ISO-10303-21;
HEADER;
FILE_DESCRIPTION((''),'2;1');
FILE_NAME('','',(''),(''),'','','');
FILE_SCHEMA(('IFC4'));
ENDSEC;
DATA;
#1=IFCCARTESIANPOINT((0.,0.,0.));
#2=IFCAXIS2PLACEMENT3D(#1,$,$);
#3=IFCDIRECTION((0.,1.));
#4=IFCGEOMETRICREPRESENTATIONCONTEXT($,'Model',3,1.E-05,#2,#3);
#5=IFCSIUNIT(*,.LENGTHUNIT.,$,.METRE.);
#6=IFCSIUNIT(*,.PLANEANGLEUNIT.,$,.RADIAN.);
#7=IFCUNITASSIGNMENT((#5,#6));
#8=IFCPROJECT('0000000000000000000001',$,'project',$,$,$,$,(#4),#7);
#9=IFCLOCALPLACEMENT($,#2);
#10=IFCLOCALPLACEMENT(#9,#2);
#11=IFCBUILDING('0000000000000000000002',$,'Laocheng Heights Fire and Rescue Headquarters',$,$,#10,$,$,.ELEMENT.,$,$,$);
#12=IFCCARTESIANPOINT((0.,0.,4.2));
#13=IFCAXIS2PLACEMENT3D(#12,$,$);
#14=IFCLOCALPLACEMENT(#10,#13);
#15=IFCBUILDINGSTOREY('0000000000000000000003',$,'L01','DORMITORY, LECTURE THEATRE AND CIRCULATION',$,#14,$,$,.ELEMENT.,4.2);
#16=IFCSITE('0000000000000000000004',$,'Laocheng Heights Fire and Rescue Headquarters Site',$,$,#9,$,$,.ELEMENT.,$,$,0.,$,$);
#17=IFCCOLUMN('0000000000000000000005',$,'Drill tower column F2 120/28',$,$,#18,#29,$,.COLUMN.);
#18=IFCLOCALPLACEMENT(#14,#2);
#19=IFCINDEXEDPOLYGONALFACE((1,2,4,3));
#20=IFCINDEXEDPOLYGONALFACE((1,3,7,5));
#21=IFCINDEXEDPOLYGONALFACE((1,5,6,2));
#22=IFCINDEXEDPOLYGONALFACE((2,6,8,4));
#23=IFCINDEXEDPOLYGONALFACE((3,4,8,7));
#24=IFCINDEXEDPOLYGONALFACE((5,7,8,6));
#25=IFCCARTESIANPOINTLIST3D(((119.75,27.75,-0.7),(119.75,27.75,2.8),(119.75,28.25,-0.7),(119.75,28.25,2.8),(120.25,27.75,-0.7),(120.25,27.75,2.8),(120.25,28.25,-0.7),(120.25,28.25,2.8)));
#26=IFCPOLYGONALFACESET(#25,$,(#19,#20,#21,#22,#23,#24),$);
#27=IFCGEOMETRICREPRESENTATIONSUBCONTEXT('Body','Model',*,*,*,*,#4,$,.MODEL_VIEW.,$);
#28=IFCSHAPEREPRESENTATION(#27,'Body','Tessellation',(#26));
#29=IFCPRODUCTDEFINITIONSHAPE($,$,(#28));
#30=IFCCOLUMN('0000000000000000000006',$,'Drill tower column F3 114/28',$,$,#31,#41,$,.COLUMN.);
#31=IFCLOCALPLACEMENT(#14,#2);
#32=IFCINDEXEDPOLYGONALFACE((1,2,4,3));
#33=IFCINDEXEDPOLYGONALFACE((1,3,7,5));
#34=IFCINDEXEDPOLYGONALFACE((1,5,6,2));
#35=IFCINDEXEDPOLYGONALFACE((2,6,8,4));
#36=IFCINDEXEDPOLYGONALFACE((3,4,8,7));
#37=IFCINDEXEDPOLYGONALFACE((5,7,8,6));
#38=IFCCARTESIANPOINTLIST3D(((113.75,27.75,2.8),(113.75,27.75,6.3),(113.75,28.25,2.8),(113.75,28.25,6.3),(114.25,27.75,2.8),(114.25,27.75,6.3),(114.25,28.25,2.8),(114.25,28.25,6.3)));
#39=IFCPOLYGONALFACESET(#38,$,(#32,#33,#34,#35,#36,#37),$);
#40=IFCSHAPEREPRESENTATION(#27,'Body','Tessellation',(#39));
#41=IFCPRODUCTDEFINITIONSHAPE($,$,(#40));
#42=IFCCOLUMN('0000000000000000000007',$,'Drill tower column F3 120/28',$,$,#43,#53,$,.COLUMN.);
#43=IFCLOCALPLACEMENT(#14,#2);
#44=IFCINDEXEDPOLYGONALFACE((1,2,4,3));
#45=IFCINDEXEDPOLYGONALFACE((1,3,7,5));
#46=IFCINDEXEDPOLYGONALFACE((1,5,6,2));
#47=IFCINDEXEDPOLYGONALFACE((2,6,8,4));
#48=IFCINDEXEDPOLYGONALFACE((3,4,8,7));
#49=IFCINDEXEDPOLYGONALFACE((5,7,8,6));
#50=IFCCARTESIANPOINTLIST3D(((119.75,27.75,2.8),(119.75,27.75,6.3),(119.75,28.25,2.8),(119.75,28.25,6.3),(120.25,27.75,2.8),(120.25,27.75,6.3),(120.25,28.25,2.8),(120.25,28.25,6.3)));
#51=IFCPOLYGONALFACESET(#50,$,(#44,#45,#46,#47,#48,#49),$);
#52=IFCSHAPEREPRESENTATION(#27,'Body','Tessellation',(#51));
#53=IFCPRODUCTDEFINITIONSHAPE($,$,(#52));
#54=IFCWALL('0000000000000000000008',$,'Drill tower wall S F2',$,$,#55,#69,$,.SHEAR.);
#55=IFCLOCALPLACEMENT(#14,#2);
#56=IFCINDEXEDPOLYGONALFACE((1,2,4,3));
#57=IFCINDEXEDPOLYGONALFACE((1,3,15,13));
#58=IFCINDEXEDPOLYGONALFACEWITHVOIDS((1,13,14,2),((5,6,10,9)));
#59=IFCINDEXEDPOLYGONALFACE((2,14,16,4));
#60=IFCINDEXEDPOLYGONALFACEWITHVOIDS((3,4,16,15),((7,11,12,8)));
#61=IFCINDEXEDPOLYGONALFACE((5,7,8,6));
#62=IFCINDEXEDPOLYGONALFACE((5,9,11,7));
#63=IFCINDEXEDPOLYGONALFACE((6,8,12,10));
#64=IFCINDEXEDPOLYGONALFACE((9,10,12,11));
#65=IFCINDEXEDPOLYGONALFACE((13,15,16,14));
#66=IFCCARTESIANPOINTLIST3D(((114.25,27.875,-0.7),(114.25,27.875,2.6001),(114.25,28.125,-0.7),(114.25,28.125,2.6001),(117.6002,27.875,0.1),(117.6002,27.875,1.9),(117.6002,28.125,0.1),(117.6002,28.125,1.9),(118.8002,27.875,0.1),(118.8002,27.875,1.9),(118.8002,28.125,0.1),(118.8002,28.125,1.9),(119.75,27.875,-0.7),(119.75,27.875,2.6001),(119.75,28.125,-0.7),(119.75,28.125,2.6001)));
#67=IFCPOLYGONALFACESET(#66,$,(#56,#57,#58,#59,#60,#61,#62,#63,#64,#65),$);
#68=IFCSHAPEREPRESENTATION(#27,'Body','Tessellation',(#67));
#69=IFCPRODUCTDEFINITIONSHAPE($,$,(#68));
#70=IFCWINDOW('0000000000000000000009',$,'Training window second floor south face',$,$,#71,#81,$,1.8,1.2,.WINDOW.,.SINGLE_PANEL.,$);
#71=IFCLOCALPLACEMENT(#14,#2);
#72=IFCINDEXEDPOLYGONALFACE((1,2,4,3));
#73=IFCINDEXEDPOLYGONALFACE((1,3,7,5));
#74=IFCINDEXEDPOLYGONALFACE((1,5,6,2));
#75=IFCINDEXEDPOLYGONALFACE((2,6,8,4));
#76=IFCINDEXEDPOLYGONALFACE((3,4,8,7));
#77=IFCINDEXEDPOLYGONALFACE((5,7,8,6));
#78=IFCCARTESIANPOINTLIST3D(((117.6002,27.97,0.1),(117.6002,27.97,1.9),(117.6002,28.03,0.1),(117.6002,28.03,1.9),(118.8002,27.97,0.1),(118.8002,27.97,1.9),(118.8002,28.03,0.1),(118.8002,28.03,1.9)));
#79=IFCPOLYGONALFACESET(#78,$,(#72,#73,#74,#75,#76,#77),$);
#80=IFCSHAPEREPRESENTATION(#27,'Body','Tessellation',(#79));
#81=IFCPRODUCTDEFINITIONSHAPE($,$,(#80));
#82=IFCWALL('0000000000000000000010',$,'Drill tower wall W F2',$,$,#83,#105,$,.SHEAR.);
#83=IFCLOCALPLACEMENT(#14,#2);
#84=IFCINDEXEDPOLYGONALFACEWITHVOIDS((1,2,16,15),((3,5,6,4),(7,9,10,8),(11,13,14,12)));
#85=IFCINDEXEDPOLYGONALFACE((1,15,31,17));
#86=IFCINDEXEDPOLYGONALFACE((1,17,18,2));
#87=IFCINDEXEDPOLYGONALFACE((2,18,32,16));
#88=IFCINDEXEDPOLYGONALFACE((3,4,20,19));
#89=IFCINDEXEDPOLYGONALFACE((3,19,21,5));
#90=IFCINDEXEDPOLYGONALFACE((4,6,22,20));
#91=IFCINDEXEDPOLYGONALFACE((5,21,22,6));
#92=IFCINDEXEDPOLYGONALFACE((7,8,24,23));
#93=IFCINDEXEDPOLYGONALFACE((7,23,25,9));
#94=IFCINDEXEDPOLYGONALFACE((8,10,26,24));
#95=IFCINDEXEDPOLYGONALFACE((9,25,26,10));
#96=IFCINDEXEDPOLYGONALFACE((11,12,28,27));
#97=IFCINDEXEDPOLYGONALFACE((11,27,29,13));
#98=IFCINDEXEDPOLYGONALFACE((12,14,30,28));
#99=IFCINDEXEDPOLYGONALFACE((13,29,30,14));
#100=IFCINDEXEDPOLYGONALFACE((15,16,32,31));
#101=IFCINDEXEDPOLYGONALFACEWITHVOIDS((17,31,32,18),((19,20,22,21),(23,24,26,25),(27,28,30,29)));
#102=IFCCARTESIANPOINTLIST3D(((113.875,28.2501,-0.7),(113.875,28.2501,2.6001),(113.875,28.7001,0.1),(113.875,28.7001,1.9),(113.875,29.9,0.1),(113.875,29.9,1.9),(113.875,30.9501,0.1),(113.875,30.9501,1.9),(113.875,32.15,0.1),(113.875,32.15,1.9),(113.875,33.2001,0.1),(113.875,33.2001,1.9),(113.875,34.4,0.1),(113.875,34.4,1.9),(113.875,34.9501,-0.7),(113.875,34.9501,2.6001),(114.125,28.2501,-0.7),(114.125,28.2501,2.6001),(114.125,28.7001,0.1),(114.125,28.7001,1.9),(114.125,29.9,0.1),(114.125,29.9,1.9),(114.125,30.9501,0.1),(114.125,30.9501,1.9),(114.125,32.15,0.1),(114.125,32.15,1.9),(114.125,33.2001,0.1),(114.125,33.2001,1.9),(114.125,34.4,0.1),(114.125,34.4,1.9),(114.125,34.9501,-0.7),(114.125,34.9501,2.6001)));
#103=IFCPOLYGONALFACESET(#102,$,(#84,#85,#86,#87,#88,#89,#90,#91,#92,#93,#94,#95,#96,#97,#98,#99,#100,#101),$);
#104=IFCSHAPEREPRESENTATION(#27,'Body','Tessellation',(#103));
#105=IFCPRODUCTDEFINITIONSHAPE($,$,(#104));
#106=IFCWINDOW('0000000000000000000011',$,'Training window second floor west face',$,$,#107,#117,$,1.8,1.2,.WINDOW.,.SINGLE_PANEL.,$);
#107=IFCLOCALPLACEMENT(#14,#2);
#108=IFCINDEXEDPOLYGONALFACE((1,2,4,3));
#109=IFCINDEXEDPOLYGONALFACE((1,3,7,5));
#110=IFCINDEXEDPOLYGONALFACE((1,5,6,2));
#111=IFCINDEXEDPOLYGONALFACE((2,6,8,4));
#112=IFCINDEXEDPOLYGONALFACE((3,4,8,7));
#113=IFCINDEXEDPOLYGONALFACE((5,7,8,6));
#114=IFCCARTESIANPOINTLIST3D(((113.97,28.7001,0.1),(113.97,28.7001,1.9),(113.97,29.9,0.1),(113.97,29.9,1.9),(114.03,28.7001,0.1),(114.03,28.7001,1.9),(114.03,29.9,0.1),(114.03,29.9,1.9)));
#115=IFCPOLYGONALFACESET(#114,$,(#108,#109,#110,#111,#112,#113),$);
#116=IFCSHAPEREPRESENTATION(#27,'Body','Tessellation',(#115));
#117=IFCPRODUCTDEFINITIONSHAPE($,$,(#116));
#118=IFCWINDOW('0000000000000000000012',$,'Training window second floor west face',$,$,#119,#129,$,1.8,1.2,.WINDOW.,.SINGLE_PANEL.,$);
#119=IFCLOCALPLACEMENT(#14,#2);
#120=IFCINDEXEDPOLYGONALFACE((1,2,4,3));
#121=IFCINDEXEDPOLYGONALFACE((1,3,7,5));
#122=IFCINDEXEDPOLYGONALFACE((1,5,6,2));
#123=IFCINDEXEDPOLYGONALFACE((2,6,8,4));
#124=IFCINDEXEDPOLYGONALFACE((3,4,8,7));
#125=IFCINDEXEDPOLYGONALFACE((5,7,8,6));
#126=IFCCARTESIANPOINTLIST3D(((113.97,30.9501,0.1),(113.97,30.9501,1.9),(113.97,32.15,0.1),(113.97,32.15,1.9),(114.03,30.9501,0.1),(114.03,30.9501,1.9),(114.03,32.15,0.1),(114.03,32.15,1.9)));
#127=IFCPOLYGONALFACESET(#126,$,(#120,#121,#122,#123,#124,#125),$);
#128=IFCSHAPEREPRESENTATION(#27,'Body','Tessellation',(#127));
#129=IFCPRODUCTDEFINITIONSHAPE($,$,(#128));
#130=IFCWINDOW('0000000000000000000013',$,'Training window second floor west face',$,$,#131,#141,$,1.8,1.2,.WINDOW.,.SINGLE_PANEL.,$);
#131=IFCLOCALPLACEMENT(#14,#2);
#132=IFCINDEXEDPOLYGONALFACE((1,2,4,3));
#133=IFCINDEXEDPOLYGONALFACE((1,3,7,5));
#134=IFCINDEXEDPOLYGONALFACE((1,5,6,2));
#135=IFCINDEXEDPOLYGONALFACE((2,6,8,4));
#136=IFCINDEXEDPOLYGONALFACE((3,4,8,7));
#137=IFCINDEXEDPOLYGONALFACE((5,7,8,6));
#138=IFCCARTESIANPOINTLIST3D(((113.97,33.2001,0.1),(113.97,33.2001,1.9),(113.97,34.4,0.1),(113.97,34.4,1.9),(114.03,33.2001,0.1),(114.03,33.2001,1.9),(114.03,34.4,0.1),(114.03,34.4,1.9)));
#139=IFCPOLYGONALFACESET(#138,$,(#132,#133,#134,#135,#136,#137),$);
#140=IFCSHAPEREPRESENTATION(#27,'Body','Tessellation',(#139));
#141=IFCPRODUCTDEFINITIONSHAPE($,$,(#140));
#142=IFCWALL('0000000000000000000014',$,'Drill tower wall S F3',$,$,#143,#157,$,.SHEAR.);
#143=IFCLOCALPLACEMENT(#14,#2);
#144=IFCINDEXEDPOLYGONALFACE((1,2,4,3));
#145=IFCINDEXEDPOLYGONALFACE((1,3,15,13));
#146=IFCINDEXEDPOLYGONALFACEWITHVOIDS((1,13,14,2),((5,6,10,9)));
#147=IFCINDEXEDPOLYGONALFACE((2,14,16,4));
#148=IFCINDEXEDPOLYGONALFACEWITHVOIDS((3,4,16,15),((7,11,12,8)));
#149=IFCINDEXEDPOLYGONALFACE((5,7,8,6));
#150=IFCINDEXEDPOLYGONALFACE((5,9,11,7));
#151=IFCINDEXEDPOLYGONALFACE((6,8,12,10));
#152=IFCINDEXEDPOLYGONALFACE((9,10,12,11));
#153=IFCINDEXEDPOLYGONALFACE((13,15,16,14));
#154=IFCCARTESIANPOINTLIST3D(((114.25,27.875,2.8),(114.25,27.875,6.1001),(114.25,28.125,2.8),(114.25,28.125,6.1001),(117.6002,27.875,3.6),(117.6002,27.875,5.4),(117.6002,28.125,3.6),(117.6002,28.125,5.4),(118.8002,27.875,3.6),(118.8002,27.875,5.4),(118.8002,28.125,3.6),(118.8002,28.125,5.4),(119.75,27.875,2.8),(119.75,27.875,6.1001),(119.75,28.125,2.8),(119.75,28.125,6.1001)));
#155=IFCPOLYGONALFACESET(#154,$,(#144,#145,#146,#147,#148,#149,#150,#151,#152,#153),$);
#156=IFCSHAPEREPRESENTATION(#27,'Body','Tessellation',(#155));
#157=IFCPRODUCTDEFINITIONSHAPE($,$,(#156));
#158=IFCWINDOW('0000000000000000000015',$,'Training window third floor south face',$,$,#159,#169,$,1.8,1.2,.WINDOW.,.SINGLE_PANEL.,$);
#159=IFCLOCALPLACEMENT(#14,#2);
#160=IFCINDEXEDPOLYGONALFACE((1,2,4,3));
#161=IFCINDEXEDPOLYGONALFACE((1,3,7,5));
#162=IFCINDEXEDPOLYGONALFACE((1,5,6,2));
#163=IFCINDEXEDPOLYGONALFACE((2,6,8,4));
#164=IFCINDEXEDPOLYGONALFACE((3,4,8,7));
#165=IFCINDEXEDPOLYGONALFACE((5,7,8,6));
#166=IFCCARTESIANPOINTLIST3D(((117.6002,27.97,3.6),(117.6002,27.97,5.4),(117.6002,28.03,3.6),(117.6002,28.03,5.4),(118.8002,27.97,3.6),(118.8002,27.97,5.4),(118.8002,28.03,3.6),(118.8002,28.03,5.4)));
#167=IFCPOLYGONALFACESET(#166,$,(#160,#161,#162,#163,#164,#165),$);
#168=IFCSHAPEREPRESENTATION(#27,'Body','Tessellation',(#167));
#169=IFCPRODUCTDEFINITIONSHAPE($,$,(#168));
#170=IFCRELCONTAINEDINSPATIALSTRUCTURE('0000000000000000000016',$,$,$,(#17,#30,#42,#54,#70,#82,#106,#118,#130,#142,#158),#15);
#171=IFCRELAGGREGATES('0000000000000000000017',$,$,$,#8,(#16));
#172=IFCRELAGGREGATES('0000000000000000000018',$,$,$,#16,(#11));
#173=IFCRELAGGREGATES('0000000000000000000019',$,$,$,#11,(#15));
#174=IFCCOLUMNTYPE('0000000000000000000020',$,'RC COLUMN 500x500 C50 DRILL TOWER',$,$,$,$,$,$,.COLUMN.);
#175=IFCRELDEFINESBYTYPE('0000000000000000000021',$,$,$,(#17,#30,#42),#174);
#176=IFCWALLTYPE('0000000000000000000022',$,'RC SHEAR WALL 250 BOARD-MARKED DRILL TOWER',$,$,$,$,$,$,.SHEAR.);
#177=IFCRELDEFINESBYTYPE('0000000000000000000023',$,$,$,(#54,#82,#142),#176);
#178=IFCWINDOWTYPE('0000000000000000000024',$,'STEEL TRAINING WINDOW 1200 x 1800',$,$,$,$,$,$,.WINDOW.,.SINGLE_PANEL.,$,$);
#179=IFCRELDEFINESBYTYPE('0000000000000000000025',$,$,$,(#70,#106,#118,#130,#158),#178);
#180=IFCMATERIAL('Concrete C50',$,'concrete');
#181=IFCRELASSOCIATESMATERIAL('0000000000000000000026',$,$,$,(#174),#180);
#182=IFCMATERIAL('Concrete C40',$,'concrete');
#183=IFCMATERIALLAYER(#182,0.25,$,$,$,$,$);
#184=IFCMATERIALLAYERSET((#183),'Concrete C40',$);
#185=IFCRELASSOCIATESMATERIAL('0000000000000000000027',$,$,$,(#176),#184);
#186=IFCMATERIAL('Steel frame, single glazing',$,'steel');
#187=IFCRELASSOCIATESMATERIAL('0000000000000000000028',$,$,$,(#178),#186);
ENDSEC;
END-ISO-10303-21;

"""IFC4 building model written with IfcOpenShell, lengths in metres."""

from ifc_helpers import new_model, si_unit, direction, frame, frame_2d, origin, origin_2d, place, context, subcontext, project, spatial, rectangle, extrude, material, layer, layer_set, material_profile, profile_set, type_object, element, fill, save


model = new_model("IFC4")

# Units and contexts
model_context = context("Model", 3, precision=1e-05, world=origin(), true_north=direction((0.0, 1.0)))
body_context = subcontext(model_context, "Body", "Model", "MODEL_VIEW")
ifc_project = project(units=[si_unit("LENGTHUNIT", "METRE"), si_unit("PLANEANGLEUNIT", "RADIAN")], contexts=[model_context])

# Site, building, storey
site_placement = place(None, origin())
site = spatial("IfcSite", under=ifc_project, at=site_placement, Name="Laocheng Heights Fire and Rescue Headquarters Site", CompositionType="ELEMENT", RefElevation=0.0)
building_placement = place(site_placement, origin())
building = spatial("IfcBuilding", under=site, at=building_placement, Name="Laocheng Heights Fire and Rescue Headquarters", CompositionType="ELEMENT")
storey_placement = place(building_placement, frame((0.0, 0.0, 4.2)))
storey = spatial("IfcBuildingStorey", under=building, at=storey_placement, Name="L01", Description="DORMITORY, LECTURE THEATRE AND CIRCULATION", CompositionType="ELEMENT", Elevation=4.2)

# Columns
ifc_material_1 = material(Name="Concrete C50", Category="concrete")
ifc_material_profile = material_profile(ifc_material_1, rectangle(XDim=0.5, YDim=0.5, at=origin_2d()), Name="RC COLUMN 500x500 C50 DRILL TOWER")
ifc_profile_set = profile_set([ifc_material_profile], Name="Concrete C50")
column_type = type_object("IfcColumnType", Name="RC COLUMN 500x500 C50 DRILL TOWER", PredefinedType="COLUMN", material=ifc_profile_set)
for number, where, z_axis, x_axis, name in (
    (1, (120.0, 28.0, -0.7), (0.0, 0.0, 1.0), (1.0, 0.0, 0.0), "Drill tower column F2 120/28"),
    (2, (114.0, 28.0, 2.8), (0.0, 0.0, 1.0), (1.0, 0.0, 0.0), "Drill tower column F3 114/28"),
    (3, (120.0, 28.0, 2.8), (0.0, 0.0, 1.0), (1.0, 0.0, 0.0), "Drill tower column F3 120/28"),
):
    element("IfcColumn", number, at=place(storey_placement, frame(where, z_axis=z_axis, x_axis=x_axis)), inside=storey, type_object=column_type, Name=name, PredefinedType="COLUMN", context=body_context, shape_type="SweptSolid", body=[
        extrude(rectangle(XDim=0.5, YDim=0.5, at=origin_2d()), origin(), (0.0, 0.0, 1.0), 3.5),
    ])

# Wall, opening, window
ifc_material_2 = material(Name="Concrete C40", Category="concrete")
ifc_layer_1 = layer(ifc_material_2, 0.25)
ifc_layer_set_1 = layer_set([ifc_layer_1], Name="Concrete C40")
wall_type_1 = type_object("IfcWallType", Name="RC SHEAR WALL 250 BOARD-MARKED DRILL TOWER", PredefinedType="SHEAR", material=ifc_layer_set_1)
wall_1_placement = place(storey_placement, frame((114.25, 28.0, -0.7), z_axis=(0.0, 0.0, 1.0), x_axis=(1.0, 0.0, 0.0)))
wall_1 = element("IfcWall", 4, at=wall_1_placement, inside=storey, type_object=wall_type_1, Name="Drill tower wall S F2", PredefinedType="SHEAR", context=body_context, shape_type="SweptSolid", body=[
    extrude(rectangle(XDim=5.5, YDim=0.25, at=frame_2d((2.75, 0.0))), origin(), (0.0, 0.0, 1.0), 3.3),
])
opening_1_placement = place(wall_1_placement, frame((3.3501, 0.0, 0.8)))
opening_1 = element("IfcOpeningElement", 5, at=opening_1_placement, cuts=wall_1, PredefinedType="OPENING", context=body_context, shape_type="SweptSolid", body=[
    extrude(rectangle(XDim=1.2, YDim=1.8, at=frame_2d((0.6001, 0.8999))), frame((0.0, 0.135, 0.0), z_axis=(0.0, -1.0, 0.0), x_axis=(1.0, 0.0, 0.0)), (0.0, 0.0, 1.0), 0.27),
])
ifc_material_3 = material(Name="Steel frame, single glazing", Category="steel")
window_type = type_object("IfcWindowType", Name="STEEL TRAINING WINDOW 1200 x 1800", PartitioningType="SINGLE_PANEL", PredefinedType="WINDOW", material=ifc_material_3)
window_1_placement = place(opening_1_placement, origin())
window_1 = element("IfcWindow", 6, at=window_1_placement, inside=storey, type_object=window_type, Name="Training window second floor south face", OverallHeight=1.8, OverallWidth=1.2, PartitioningType="SINGLE_PANEL", PredefinedType="WINDOW", context=body_context, shape_type="SweptSolid", body=[
    extrude(rectangle(XDim=1.2, YDim=1.8, at=frame_2d((0.6001, 0.8999))), frame((0.0, 0.03, 0.0), z_axis=(0.0, -1.0, 0.0), x_axis=(1.0, 0.0, 0.0)), (0.0, 0.0, 1.0), 0.0601),
])
fill(opening_1, window_1)

# Wall, openings, windows
wall_2_placement = place(storey_placement, frame((114.0, 28.25, -0.7), z_axis=(0.0, 0.0, 1.0), x_axis=(0.0, 1.0, 0.0)))
wall_2 = element("IfcWall", 7, at=wall_2_placement, inside=storey, type_object=wall_type_1, Name="Drill tower wall W F2", PredefinedType="SHEAR", context=body_context, shape_type="SweptSolid", body=[
    extrude(rectangle(XDim=6.7, YDim=0.25, at=frame_2d((3.3501, 0.0))), origin(), (0.0, 0.0, 1.0), 3.3),
])
opening_2_placement = place(wall_2_placement, frame((0.45, 0.0, 0.8)))
opening_2 = element("IfcOpeningElement", 8, at=opening_2_placement, cuts=wall_2, PredefinedType="OPENING", context=body_context, shape_type="SweptSolid", body=[
    extrude(rectangle(XDim=1.2, YDim=1.8, at=frame_2d((0.6001, 0.8999))), frame((0.0, 0.135, 0.0), z_axis=(0.0, -1.0, 0.0), x_axis=(1.0, 0.0, 0.0)), (0.0, 0.0, 1.0), 0.27),
])
opening_3_placement = place(wall_2_placement, frame((2.7, 0.0, 0.8)))
opening_3 = element("IfcOpeningElement", 9, at=opening_3_placement, cuts=wall_2, PredefinedType="OPENING", context=body_context, shape_type="SweptSolid", body=[
    extrude(rectangle(XDim=1.2, YDim=1.8, at=frame_2d((0.6001, 0.8999))), frame((0.0, 0.135, 0.0), z_axis=(0.0, -1.0, 0.0), x_axis=(1.0, 0.0, 0.0)), (0.0, 0.0, 1.0), 0.27),
])
opening_4_placement = place(wall_2_placement, frame((4.95, 0.0, 0.8)))
opening_4 = element("IfcOpeningElement", 10, at=opening_4_placement, cuts=wall_2, PredefinedType="OPENING", context=body_context, shape_type="SweptSolid", body=[
    extrude(rectangle(XDim=1.2, YDim=1.8, at=frame_2d((0.6001, 0.8999))), frame((0.0, 0.135, 0.0), z_axis=(0.0, -1.0, 0.0), x_axis=(1.0, 0.0, 0.0)), (0.0, 0.0, 1.0), 0.27),
])
window_2_placement = place(opening_2_placement, origin())
window_2 = element("IfcWindow", 11, at=window_2_placement, inside=storey, type_object=window_type, Name="Training window second floor west face", OverallHeight=1.8, OverallWidth=1.2, PartitioningType="SINGLE_PANEL", PredefinedType="WINDOW", context=body_context, shape_type="SweptSolid", body=[
    extrude(rectangle(XDim=1.2, YDim=1.8, at=frame_2d((0.6001, 0.8999))), frame((0.0, 0.03, 0.0), z_axis=(0.0, -1.0, 0.0), x_axis=(1.0, 0.0, 0.0)), (0.0, 0.0, 1.0), 0.0601),
])
fill(opening_2, window_2)
window_3_placement = place(opening_3_placement, origin())
window_3 = element("IfcWindow", 12, at=window_3_placement, inside=storey, type_object=window_type, Name="Training window second floor west face", OverallHeight=1.8, OverallWidth=1.2, PartitioningType="SINGLE_PANEL", PredefinedType="WINDOW", context=body_context, shape_type="SweptSolid", body=[
    extrude(rectangle(XDim=1.2, YDim=1.8, at=frame_2d((0.6001, 0.8999))), frame((0.0, 0.03, 0.0), z_axis=(0.0, -1.0, 0.0), x_axis=(1.0, 0.0, 0.0)), (0.0, 0.0, 1.0), 0.0601),
])
fill(opening_3, window_3)
window_4_placement = place(opening_4_placement, origin())
window_4 = element("IfcWindow", 13, at=window_4_placement, inside=storey, type_object=window_type, Name="Training window second floor west face", OverallHeight=1.8, OverallWidth=1.2, PartitioningType="SINGLE_PANEL", PredefinedType="WINDOW", context=body_context, shape_type="SweptSolid", body=[
    extrude(rectangle(XDim=1.2, YDim=1.8, at=frame_2d((0.6001, 0.8999))), frame((0.0, 0.03, 0.0), z_axis=(0.0, -1.0, 0.0), x_axis=(1.0, 0.0, 0.0)), (0.0, 0.0, 1.0), 0.0601),
])
fill(opening_4, window_4)

# Wall, opening, window
wall_3_placement = place(storey_placement, frame((114.25, 28.0, 2.8), z_axis=(0.0, 0.0, 1.0), x_axis=(1.0, 0.0, 0.0)))
wall_3 = element("IfcWall", 14, at=wall_3_placement, inside=storey, type_object=wall_type_1, Name="Drill tower wall S F3", PredefinedType="SHEAR", context=body_context, shape_type="SweptSolid", body=[
    extrude(rectangle(XDim=5.5, YDim=0.25, at=frame_2d((2.75, 0.0))), origin(), (0.0, 0.0, 1.0), 3.3),
])
opening_5_placement = place(wall_3_placement, frame((3.3501, 0.0, 0.8)))
opening_5 = element("IfcOpeningElement", 15, at=opening_5_placement, cuts=wall_3, PredefinedType="OPENING", context=body_context, shape_type="SweptSolid", body=[
    extrude(rectangle(XDim=1.2, YDim=1.8, at=frame_2d((0.6001, 0.8999))), frame((0.0, 0.135, 0.0), z_axis=(0.0, -1.0, 0.0), x_axis=(1.0, 0.0, 0.0)), (0.0, 0.0, 1.0), 0.27),
])
window_5_placement = place(opening_5_placement, origin())
window_5 = element("IfcWindow", 16, at=window_5_placement, inside=storey, type_object=window_type, Name="Training window third floor south face", OverallHeight=1.8, OverallWidth=1.2, PartitioningType="SINGLE_PANEL", PredefinedType="WINDOW", context=body_context, shape_type="SweptSolid", body=[
    extrude(rectangle(XDim=1.2, YDim=1.8, at=frame_2d((0.6001, 0.8999))), frame((0.0, 0.03, 0.0), z_axis=(0.0, -1.0, 0.0), x_axis=(1.0, 0.0, 0.0)), (0.0, 0.0, 1.0), 0.0601),
])
fill(opening_5, window_5)

save(model, "model.ifc")
